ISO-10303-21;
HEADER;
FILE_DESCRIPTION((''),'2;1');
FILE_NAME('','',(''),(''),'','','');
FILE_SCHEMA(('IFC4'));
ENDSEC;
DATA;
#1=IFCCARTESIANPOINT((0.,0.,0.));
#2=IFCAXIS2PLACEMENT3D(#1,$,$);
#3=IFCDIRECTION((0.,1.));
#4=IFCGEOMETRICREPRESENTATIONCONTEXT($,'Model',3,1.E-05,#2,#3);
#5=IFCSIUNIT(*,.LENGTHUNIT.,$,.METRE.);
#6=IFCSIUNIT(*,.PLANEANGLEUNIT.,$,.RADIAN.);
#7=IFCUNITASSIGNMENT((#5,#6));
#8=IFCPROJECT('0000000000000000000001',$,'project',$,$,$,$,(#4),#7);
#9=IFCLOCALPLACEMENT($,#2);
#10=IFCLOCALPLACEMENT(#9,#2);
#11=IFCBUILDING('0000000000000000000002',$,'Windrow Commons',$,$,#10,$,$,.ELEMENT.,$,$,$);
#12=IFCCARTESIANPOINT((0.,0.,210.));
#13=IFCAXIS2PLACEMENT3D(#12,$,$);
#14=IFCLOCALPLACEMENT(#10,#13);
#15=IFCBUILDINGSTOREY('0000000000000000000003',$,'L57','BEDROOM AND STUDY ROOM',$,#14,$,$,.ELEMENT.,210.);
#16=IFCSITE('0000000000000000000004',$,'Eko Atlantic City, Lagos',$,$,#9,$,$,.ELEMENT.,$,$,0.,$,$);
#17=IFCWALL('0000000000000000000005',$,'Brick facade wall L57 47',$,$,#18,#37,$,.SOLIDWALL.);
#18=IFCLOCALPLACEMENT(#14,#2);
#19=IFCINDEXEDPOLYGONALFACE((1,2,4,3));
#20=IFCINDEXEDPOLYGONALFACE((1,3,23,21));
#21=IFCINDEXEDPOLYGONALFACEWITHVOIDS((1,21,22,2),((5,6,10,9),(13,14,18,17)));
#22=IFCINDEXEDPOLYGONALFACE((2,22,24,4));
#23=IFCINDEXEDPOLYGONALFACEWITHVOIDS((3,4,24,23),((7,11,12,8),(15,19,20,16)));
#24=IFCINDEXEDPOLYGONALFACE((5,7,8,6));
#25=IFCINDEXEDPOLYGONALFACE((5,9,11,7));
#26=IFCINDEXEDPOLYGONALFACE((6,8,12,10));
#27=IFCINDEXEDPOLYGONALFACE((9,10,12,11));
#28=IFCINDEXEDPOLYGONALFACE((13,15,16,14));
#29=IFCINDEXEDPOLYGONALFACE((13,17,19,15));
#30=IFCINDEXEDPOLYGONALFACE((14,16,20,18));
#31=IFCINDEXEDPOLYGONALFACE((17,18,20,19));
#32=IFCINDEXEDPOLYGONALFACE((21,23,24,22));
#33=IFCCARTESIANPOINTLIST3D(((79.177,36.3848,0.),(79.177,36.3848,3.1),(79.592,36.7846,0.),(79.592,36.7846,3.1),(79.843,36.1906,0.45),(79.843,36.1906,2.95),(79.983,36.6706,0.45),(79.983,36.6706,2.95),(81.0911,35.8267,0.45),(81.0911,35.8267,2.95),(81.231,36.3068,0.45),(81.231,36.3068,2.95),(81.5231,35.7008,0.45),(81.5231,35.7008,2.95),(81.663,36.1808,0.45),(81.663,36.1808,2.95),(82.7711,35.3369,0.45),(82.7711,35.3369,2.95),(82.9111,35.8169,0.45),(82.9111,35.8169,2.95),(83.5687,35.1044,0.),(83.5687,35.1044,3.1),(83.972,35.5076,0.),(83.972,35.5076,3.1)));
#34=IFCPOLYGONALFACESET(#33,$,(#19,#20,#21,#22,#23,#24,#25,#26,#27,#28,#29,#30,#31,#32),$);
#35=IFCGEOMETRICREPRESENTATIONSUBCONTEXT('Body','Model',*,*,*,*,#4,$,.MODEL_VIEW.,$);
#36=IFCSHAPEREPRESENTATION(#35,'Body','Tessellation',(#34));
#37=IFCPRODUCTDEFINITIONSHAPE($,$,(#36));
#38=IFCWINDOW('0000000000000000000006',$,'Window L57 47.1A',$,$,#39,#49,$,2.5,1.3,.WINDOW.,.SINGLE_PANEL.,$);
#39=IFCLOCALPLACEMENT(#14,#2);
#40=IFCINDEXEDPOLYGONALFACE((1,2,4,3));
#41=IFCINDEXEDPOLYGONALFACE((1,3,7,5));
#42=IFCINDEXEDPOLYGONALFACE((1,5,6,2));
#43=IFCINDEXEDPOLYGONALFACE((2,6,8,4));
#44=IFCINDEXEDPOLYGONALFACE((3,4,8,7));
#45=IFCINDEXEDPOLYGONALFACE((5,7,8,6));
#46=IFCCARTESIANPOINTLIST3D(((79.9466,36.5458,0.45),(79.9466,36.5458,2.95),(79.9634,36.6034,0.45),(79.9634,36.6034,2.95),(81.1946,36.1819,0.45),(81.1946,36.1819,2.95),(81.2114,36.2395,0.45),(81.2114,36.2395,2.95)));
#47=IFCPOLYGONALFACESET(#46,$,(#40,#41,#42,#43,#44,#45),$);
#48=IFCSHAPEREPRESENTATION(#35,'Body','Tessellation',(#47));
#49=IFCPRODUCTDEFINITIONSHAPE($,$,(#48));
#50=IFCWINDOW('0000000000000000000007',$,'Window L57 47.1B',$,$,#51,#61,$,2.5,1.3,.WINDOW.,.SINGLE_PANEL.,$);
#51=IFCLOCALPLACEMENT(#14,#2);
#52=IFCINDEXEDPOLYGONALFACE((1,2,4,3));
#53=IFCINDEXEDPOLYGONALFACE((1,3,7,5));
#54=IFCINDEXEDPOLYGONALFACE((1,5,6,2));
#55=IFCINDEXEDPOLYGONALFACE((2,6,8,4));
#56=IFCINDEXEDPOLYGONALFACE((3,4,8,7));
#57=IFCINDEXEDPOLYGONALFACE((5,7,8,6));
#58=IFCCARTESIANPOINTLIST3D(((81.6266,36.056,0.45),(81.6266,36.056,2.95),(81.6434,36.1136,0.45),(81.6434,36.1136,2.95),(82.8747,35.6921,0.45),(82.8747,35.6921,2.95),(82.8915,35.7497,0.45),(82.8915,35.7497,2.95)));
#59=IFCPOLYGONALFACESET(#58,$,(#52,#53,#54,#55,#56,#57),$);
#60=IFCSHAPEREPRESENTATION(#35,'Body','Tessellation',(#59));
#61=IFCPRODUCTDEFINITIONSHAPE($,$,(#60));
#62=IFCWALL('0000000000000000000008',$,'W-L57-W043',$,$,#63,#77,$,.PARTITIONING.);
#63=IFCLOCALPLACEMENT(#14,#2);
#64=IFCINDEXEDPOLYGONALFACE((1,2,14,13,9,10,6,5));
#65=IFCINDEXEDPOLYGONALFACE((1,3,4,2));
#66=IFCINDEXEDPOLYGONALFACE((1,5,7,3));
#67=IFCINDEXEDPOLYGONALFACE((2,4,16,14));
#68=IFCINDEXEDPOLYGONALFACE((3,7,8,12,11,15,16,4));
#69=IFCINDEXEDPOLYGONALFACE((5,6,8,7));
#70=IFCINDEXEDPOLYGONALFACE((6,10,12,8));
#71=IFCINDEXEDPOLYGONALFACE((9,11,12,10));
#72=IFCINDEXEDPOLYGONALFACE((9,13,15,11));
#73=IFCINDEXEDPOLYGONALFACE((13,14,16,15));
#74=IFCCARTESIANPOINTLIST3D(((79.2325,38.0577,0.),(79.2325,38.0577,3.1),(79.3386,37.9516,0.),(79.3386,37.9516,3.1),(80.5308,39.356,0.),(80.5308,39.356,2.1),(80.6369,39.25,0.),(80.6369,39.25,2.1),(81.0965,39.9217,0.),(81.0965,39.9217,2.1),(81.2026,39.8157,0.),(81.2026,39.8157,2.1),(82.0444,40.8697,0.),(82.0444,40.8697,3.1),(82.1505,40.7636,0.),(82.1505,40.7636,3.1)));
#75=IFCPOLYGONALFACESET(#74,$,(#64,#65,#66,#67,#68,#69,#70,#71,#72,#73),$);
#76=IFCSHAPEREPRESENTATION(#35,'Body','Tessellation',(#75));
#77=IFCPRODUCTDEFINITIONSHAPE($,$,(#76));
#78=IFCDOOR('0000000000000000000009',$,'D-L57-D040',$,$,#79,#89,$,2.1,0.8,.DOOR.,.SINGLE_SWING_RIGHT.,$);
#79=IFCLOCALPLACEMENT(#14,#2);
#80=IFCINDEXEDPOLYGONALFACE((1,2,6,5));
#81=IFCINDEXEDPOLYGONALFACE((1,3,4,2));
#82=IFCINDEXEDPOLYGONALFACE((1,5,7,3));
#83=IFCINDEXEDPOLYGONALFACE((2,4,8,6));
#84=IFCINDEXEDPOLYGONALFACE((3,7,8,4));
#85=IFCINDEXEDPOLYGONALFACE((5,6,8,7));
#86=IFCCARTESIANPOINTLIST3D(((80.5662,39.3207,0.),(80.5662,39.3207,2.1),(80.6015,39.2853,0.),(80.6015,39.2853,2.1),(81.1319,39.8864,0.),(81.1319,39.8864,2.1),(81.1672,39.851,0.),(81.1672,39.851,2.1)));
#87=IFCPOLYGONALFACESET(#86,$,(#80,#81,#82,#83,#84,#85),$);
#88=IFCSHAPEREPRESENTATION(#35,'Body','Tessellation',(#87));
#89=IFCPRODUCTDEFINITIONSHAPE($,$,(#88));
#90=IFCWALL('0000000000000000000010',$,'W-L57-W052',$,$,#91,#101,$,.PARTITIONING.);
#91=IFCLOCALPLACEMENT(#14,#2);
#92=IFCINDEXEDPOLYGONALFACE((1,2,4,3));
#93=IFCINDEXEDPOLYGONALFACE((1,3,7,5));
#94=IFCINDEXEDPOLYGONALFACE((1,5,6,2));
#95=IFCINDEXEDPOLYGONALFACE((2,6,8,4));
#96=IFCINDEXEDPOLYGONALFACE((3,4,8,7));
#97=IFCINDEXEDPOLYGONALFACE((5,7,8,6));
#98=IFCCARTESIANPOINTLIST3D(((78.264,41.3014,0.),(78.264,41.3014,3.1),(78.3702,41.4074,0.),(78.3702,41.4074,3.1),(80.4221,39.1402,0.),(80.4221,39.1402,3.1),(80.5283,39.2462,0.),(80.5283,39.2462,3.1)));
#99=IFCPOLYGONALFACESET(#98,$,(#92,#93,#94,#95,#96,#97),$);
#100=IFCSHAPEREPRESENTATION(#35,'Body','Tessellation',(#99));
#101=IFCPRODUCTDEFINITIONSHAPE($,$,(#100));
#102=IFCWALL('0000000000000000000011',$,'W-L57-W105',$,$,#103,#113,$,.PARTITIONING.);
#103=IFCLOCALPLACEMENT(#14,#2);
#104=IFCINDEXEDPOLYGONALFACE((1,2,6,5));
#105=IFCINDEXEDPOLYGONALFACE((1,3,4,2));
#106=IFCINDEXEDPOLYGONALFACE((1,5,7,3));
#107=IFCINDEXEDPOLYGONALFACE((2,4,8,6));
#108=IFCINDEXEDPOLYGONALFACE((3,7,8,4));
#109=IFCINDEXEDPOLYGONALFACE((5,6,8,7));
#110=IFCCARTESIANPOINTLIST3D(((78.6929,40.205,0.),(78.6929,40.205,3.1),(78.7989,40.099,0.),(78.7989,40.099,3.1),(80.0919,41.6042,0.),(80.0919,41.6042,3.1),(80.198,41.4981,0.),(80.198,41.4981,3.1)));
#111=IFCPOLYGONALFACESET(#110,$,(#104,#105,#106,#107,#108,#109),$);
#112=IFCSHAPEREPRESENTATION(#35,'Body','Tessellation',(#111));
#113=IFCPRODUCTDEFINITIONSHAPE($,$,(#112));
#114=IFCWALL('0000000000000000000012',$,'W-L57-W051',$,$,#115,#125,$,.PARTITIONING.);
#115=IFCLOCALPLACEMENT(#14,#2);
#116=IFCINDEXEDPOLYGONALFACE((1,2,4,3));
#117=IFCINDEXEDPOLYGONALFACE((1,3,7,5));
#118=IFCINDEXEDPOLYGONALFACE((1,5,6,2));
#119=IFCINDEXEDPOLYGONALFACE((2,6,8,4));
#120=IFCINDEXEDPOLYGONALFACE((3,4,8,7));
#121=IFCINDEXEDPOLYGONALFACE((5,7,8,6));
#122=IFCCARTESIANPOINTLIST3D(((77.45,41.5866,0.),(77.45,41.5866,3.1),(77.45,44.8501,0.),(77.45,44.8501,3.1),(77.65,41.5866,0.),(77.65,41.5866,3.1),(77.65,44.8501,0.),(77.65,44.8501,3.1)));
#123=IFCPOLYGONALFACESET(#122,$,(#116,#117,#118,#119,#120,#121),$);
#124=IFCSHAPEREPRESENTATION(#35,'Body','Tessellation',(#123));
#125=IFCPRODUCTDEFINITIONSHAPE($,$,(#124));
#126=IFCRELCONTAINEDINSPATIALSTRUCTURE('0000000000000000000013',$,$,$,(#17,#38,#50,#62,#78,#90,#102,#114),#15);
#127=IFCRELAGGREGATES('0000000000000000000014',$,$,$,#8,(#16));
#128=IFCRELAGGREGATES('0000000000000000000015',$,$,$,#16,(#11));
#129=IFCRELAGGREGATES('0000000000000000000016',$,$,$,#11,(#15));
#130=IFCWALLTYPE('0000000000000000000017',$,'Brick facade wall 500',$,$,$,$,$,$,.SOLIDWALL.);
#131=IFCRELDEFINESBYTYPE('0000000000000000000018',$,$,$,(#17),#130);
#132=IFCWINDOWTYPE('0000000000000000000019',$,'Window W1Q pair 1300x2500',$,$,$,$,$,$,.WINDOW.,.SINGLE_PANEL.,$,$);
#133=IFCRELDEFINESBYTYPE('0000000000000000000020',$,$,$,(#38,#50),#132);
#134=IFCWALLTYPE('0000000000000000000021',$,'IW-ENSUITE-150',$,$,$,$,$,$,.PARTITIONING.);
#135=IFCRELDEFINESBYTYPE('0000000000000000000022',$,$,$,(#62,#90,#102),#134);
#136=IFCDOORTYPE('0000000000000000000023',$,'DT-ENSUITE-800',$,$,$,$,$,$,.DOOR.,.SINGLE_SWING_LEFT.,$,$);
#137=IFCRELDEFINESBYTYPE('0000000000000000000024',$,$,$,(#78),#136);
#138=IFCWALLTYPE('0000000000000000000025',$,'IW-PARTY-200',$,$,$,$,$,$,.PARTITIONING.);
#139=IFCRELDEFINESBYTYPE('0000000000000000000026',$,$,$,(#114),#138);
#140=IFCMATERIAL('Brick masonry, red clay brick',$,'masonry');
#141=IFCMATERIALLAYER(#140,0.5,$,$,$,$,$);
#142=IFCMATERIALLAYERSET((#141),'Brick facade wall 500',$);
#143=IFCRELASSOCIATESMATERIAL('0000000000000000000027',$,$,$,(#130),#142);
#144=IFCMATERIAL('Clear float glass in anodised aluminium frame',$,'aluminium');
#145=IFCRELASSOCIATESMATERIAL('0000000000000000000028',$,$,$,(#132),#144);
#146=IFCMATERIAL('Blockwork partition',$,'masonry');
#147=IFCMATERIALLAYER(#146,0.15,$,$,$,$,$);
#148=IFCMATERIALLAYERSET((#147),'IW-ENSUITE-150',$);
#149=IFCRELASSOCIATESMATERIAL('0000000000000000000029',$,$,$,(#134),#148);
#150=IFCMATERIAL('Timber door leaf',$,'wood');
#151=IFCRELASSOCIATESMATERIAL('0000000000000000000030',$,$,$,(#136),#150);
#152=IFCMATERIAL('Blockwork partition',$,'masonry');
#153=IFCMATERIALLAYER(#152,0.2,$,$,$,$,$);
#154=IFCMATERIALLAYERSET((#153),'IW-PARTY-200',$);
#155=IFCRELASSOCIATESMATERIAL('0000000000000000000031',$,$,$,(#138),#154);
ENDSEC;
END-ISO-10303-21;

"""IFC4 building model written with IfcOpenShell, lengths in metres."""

from ifc_helpers import new_model, si_unit, direction, frame, frame_2d, origin, place, context, subcontext, project, spatial, polyline, rectangle, outline, extrude, material, layer, layer_set, type_object, element, fill, save


model = new_model("IFC4")

# Units and contexts
model_context = context("Model", 3, precision=1e-05, world=origin(), true_north=direction((0.0, 1.0)))
body_context = subcontext(model_context, "Body", "Model", "MODEL_VIEW")
ifc_project = project(units=[si_unit("LENGTHUNIT", "METRE"), si_unit("PLANEANGLEUNIT", "RADIAN")], contexts=[model_context])

# Site, building, storey
site_placement = place(None, origin())
site = spatial("IfcSite", under=ifc_project, at=site_placement, Name="Eko Atlantic City, Lagos", CompositionType="ELEMENT", RefElevation=0.0)
building_placement = place(site_placement, origin())
building = spatial("IfcBuilding", under=site, at=building_placement, Name="Windrow Commons", CompositionType="ELEMENT")
storey_placement = place(building_placement, frame((0.0, 0.0, 210.0)))
storey = spatial("IfcBuildingStorey", under=building, at=storey_placement, Name="L57", Description="BEDROOM AND STUDY ROOM", CompositionType="ELEMENT", Elevation=210.0)

# Shared definitions
ifc_material_1 = material(Name="Brick masonry, red clay brick", Category="masonry")
ifc_layer_1 = layer(ifc_material_1, 0.5)
ifc_layer_set_1 = layer_set([ifc_layer_1], Name="Brick facade wall 500")
wall_type_1 = type_object("IfcWallType", Name="Brick facade wall 500", PredefinedType="SOLIDWALL", material=ifc_layer_set_1)

# Wall, openings, windows
wall_1_placement = place(storey_placement, frame((79.3845, 36.5847, 0.0), z_axis=(0.0, 0.0, 1.0), x_axis=(0.960029, -0.279901, 0.0)))
wall_1 = element("IfcWall", 1, at=wall_1_placement, inside=storey, type_object=wall_type_1, Name="Brick facade wall L57 47", PredefinedType="SOLIDWALL", context=body_context, shape_type="SweptSolid", body=[
    extrude(outline(polyline([(-0.1433, -0.25), (4.4313, -0.25), (4.7056, 0.25), (0.1433, 0.25), (-0.1433, -0.25)])), origin(), (0.0, 0.0, 1.0), 3.1),
])
opening_1_placement = place(wall_1_placement, frame((0.5505, 0.0, 0.45)))
opening_1 = element("IfcOpeningElement", 2, at=opening_1_placement, cuts=wall_1, PredefinedType="OPENING", context=body_context, shape_type="SweptSolid", body=[
    extrude(rectangle(XDim=1.3, YDim=2.5, at=frame_2d((0.65, 1.25))), frame((0.0, 0.26, 0.0), z_axis=(0.0, -1.0, 0.0), x_axis=(1.0, 0.0, 0.0)), (0.0, 0.0, 1.0), 0.52),
])
opening_2_placement = place(wall_1_placement, frame((2.3005, 0.0, 0.45)))
opening_2 = element("IfcOpeningElement", 3, at=opening_2_placement, cuts=wall_1, PredefinedType="OPENING", context=body_context, shape_type="SweptSolid", body=[
    extrude(rectangle(XDim=1.3, YDim=2.5, at=frame_2d((0.65, 1.25))), frame((0.0, 0.26, 0.0), z_axis=(0.0, -1.0, 0.0), x_axis=(1.0, 0.0, 0.0)), (0.0, 0.0, 1.0), 0.52),
])
ifc_material_2 = material(Name="Clear float glass in anodised aluminium frame", Category="aluminium")
window_type_1 = type_object("IfcWindowType", Name="Window W1Q pair 1300x2500", PartitioningType="SINGLE_PANEL", PredefinedType="WINDOW", material=ifc_material_2)
window_1_placement = place(opening_1_placement, origin())
window_1 = element("IfcWindow", 4, at=window_1_placement, inside=storey, type_object=window_type_1, Name="Window L57 47.1A", OverallHeight=2.5, OverallWidth=1.3, PartitioningType="SINGLE_PANEL", PredefinedType="WINDOW", context=body_context, shape_type="SweptSolid", body=[
    extrude(rectangle(XDim=1.3, YDim=2.5, at=frame_2d((0.65, 1.25))), frame((0.0, 0.18, 0.0), z_axis=(0.0, -1.0, 0.0), x_axis=(1.0, 0.0, 0.0)), (0.0, 0.0, 1.0), 0.06),
])
fill(opening_1, window_1)
window_2_placement = place(opening_2_placement, origin())
window_2 = element("IfcWindow", 5, at=window_2_placement, inside=storey, type_object=window_type_1, Name="Window L57 47.1B", OverallHeight=2.5, OverallWidth=1.3, PartitioningType="SINGLE_PANEL", PredefinedType="WINDOW", context=body_context, shape_type="SweptSolid", body=[
    extrude(rectangle(XDim=1.3, YDim=2.5, at=frame_2d((0.65, 1.25))), frame((0.0, 0.18, 0.0), z_axis=(0.0, -1.0, 0.0), x_axis=(1.0, 0.0, 0.0)), (0.0, 0.0, 1.0), 0.06),
])
fill(opening_2, window_2)

# Wall, opening, door
ifc_material_3 = material(Name="Blockwork partition", Category="masonry")
ifc_layer_2 = layer(ifc_material_3, 0.15)
ifc_layer_set_2 = layer_set([ifc_layer_2], Name="IW-ENSUITE-150")
wall_type_2 = type_object("IfcWallType", Name="IW-ENSUITE-150", PredefinedType="PARTITIONING", material=ifc_layer_set_2)
wall_2_placement = place(storey_placement, frame((79.2855, 38.0046, 0.0), z_axis=(0.0, 0.0, 1.0), x_axis=(0.707094, 0.707119, 0.0)))
wall_2 = element("IfcWall", 6, at=wall_2_placement, inside=storey, type_object=wall_type_2, Name="W-L57-W043", PredefinedType="PARTITIONING", context=body_context, shape_type="SweptSolid", body=[
    extrude(rectangle(XDim=3.9767, YDim=0.15, at=frame_2d((1.9884, 0.0))), origin(), (0.0, 0.0, 1.0), 3.1),
])
opening_3_placement = place(wall_2_placement, frame((1.8362, 0.0, 0.0)))
opening_3 = element("IfcOpeningElement", 7, at=opening_3_placement, cuts=wall_2, PredefinedType="OPENING", context=body_context, shape_type="SweptSolid", body=[
    extrude(rectangle(XDim=0.8, YDim=2.1, at=frame_2d((0.4, 1.05))), frame((0.0, 0.085, 0.0), z_axis=(0.0, -1.0, 0.0), x_axis=(1.0, 0.0, 0.0)), (0.0, 0.0, 1.0), 0.17),
])
ifc_material_4 = material(Name="Timber door leaf", Category="wood")
door_type = type_object("IfcDoorType", Name="DT-ENSUITE-800", OperationType="SINGLE_SWING_LEFT", PredefinedType="DOOR", material=ifc_material_4)
door_placement = place(opening_3_placement, origin())
door = element("IfcDoor", 8, at=door_placement, inside=storey, type_object=door_type, Name="D-L57-D040", OperationType="SINGLE_SWING_RIGHT", OverallHeight=2.1, OverallWidth=0.8, PredefinedType="DOOR", context=body_context, shape_type="SweptSolid", body=[
    extrude(rectangle(XDim=0.8, YDim=2.1, at=frame_2d((0.4, 1.05))), frame((0.0, 0.025, 0.0), z_axis=(0.0, -1.0, 0.0), x_axis=(1.0, 0.0, 0.0)), (0.0, 0.0, 1.0), 0.05),
])
fill(opening_3, door)

# Walls
wall_3_placement = place(storey_placement, frame((78.3171, 41.3544, 0.0), z_axis=(0.0, 0.0, 1.0), x_axis=(0.706599, -0.707614, 0.0)))
element("IfcWall", 9, at=wall_3_placement, inside=storey, type_object=wall_type_2, Name="W-L57-W052", PredefinedType="PARTITIONING", context=body_context, shape_type="SweptSolid", body=[
    extrude(rectangle(XDim=3.0542, YDim=0.15, at=frame_2d((1.5271, 0.0))), origin(), (0.0, 0.0, 1.0), 3.1),
])
wall_4_placement = place(storey_placement, frame((78.7459, 40.152, 0.0), z_axis=(0.0, 0.0, 1.0), x_axis=(0.707082, 0.707132, 0.0)))
element("IfcWall", 10, at=wall_4_placement, inside=storey, type_object=wall_type_2, Name="W-L57-W105", PredefinedType="PARTITIONING", context=body_context, shape_type="SweptSolid", body=[
    extrude(rectangle(XDim=1.9786, YDim=0.15, at=frame_2d((0.9893, 0.0))), origin(), (0.0, 0.0, 1.0), 3.1),
])
ifc_material_5 = material(Name="Blockwork partition", Category="masonry")
ifc_layer_3 = layer(ifc_material_5, 0.2)
ifc_layer_set_3 = layer_set([ifc_layer_3], Name="IW-PARTY-200")
wall_type_3 = type_object("IfcWallType", Name="IW-PARTY-200", PredefinedType="PARTITIONING", material=ifc_layer_set_3)
wall_5_placement = place(storey_placement, frame((77.55, 41.5865, 0.0), z_axis=(0.0, 0.0, 1.0), x_axis=(0.0, 1.0, 0.0)))
element("IfcWall", 11, at=wall_5_placement, inside=storey, type_object=wall_type_3, Name="W-L57-W051", PredefinedType="PARTITIONING", context=body_context, shape_type="SweptSolid", body=[
    extrude(rectangle(XDim=3.2635, YDim=0.2, at=frame_2d((1.6318, 0.0))), origin(), (0.0, 0.0, 1.0), 3.1),
])

save(model, "model.ifc")
